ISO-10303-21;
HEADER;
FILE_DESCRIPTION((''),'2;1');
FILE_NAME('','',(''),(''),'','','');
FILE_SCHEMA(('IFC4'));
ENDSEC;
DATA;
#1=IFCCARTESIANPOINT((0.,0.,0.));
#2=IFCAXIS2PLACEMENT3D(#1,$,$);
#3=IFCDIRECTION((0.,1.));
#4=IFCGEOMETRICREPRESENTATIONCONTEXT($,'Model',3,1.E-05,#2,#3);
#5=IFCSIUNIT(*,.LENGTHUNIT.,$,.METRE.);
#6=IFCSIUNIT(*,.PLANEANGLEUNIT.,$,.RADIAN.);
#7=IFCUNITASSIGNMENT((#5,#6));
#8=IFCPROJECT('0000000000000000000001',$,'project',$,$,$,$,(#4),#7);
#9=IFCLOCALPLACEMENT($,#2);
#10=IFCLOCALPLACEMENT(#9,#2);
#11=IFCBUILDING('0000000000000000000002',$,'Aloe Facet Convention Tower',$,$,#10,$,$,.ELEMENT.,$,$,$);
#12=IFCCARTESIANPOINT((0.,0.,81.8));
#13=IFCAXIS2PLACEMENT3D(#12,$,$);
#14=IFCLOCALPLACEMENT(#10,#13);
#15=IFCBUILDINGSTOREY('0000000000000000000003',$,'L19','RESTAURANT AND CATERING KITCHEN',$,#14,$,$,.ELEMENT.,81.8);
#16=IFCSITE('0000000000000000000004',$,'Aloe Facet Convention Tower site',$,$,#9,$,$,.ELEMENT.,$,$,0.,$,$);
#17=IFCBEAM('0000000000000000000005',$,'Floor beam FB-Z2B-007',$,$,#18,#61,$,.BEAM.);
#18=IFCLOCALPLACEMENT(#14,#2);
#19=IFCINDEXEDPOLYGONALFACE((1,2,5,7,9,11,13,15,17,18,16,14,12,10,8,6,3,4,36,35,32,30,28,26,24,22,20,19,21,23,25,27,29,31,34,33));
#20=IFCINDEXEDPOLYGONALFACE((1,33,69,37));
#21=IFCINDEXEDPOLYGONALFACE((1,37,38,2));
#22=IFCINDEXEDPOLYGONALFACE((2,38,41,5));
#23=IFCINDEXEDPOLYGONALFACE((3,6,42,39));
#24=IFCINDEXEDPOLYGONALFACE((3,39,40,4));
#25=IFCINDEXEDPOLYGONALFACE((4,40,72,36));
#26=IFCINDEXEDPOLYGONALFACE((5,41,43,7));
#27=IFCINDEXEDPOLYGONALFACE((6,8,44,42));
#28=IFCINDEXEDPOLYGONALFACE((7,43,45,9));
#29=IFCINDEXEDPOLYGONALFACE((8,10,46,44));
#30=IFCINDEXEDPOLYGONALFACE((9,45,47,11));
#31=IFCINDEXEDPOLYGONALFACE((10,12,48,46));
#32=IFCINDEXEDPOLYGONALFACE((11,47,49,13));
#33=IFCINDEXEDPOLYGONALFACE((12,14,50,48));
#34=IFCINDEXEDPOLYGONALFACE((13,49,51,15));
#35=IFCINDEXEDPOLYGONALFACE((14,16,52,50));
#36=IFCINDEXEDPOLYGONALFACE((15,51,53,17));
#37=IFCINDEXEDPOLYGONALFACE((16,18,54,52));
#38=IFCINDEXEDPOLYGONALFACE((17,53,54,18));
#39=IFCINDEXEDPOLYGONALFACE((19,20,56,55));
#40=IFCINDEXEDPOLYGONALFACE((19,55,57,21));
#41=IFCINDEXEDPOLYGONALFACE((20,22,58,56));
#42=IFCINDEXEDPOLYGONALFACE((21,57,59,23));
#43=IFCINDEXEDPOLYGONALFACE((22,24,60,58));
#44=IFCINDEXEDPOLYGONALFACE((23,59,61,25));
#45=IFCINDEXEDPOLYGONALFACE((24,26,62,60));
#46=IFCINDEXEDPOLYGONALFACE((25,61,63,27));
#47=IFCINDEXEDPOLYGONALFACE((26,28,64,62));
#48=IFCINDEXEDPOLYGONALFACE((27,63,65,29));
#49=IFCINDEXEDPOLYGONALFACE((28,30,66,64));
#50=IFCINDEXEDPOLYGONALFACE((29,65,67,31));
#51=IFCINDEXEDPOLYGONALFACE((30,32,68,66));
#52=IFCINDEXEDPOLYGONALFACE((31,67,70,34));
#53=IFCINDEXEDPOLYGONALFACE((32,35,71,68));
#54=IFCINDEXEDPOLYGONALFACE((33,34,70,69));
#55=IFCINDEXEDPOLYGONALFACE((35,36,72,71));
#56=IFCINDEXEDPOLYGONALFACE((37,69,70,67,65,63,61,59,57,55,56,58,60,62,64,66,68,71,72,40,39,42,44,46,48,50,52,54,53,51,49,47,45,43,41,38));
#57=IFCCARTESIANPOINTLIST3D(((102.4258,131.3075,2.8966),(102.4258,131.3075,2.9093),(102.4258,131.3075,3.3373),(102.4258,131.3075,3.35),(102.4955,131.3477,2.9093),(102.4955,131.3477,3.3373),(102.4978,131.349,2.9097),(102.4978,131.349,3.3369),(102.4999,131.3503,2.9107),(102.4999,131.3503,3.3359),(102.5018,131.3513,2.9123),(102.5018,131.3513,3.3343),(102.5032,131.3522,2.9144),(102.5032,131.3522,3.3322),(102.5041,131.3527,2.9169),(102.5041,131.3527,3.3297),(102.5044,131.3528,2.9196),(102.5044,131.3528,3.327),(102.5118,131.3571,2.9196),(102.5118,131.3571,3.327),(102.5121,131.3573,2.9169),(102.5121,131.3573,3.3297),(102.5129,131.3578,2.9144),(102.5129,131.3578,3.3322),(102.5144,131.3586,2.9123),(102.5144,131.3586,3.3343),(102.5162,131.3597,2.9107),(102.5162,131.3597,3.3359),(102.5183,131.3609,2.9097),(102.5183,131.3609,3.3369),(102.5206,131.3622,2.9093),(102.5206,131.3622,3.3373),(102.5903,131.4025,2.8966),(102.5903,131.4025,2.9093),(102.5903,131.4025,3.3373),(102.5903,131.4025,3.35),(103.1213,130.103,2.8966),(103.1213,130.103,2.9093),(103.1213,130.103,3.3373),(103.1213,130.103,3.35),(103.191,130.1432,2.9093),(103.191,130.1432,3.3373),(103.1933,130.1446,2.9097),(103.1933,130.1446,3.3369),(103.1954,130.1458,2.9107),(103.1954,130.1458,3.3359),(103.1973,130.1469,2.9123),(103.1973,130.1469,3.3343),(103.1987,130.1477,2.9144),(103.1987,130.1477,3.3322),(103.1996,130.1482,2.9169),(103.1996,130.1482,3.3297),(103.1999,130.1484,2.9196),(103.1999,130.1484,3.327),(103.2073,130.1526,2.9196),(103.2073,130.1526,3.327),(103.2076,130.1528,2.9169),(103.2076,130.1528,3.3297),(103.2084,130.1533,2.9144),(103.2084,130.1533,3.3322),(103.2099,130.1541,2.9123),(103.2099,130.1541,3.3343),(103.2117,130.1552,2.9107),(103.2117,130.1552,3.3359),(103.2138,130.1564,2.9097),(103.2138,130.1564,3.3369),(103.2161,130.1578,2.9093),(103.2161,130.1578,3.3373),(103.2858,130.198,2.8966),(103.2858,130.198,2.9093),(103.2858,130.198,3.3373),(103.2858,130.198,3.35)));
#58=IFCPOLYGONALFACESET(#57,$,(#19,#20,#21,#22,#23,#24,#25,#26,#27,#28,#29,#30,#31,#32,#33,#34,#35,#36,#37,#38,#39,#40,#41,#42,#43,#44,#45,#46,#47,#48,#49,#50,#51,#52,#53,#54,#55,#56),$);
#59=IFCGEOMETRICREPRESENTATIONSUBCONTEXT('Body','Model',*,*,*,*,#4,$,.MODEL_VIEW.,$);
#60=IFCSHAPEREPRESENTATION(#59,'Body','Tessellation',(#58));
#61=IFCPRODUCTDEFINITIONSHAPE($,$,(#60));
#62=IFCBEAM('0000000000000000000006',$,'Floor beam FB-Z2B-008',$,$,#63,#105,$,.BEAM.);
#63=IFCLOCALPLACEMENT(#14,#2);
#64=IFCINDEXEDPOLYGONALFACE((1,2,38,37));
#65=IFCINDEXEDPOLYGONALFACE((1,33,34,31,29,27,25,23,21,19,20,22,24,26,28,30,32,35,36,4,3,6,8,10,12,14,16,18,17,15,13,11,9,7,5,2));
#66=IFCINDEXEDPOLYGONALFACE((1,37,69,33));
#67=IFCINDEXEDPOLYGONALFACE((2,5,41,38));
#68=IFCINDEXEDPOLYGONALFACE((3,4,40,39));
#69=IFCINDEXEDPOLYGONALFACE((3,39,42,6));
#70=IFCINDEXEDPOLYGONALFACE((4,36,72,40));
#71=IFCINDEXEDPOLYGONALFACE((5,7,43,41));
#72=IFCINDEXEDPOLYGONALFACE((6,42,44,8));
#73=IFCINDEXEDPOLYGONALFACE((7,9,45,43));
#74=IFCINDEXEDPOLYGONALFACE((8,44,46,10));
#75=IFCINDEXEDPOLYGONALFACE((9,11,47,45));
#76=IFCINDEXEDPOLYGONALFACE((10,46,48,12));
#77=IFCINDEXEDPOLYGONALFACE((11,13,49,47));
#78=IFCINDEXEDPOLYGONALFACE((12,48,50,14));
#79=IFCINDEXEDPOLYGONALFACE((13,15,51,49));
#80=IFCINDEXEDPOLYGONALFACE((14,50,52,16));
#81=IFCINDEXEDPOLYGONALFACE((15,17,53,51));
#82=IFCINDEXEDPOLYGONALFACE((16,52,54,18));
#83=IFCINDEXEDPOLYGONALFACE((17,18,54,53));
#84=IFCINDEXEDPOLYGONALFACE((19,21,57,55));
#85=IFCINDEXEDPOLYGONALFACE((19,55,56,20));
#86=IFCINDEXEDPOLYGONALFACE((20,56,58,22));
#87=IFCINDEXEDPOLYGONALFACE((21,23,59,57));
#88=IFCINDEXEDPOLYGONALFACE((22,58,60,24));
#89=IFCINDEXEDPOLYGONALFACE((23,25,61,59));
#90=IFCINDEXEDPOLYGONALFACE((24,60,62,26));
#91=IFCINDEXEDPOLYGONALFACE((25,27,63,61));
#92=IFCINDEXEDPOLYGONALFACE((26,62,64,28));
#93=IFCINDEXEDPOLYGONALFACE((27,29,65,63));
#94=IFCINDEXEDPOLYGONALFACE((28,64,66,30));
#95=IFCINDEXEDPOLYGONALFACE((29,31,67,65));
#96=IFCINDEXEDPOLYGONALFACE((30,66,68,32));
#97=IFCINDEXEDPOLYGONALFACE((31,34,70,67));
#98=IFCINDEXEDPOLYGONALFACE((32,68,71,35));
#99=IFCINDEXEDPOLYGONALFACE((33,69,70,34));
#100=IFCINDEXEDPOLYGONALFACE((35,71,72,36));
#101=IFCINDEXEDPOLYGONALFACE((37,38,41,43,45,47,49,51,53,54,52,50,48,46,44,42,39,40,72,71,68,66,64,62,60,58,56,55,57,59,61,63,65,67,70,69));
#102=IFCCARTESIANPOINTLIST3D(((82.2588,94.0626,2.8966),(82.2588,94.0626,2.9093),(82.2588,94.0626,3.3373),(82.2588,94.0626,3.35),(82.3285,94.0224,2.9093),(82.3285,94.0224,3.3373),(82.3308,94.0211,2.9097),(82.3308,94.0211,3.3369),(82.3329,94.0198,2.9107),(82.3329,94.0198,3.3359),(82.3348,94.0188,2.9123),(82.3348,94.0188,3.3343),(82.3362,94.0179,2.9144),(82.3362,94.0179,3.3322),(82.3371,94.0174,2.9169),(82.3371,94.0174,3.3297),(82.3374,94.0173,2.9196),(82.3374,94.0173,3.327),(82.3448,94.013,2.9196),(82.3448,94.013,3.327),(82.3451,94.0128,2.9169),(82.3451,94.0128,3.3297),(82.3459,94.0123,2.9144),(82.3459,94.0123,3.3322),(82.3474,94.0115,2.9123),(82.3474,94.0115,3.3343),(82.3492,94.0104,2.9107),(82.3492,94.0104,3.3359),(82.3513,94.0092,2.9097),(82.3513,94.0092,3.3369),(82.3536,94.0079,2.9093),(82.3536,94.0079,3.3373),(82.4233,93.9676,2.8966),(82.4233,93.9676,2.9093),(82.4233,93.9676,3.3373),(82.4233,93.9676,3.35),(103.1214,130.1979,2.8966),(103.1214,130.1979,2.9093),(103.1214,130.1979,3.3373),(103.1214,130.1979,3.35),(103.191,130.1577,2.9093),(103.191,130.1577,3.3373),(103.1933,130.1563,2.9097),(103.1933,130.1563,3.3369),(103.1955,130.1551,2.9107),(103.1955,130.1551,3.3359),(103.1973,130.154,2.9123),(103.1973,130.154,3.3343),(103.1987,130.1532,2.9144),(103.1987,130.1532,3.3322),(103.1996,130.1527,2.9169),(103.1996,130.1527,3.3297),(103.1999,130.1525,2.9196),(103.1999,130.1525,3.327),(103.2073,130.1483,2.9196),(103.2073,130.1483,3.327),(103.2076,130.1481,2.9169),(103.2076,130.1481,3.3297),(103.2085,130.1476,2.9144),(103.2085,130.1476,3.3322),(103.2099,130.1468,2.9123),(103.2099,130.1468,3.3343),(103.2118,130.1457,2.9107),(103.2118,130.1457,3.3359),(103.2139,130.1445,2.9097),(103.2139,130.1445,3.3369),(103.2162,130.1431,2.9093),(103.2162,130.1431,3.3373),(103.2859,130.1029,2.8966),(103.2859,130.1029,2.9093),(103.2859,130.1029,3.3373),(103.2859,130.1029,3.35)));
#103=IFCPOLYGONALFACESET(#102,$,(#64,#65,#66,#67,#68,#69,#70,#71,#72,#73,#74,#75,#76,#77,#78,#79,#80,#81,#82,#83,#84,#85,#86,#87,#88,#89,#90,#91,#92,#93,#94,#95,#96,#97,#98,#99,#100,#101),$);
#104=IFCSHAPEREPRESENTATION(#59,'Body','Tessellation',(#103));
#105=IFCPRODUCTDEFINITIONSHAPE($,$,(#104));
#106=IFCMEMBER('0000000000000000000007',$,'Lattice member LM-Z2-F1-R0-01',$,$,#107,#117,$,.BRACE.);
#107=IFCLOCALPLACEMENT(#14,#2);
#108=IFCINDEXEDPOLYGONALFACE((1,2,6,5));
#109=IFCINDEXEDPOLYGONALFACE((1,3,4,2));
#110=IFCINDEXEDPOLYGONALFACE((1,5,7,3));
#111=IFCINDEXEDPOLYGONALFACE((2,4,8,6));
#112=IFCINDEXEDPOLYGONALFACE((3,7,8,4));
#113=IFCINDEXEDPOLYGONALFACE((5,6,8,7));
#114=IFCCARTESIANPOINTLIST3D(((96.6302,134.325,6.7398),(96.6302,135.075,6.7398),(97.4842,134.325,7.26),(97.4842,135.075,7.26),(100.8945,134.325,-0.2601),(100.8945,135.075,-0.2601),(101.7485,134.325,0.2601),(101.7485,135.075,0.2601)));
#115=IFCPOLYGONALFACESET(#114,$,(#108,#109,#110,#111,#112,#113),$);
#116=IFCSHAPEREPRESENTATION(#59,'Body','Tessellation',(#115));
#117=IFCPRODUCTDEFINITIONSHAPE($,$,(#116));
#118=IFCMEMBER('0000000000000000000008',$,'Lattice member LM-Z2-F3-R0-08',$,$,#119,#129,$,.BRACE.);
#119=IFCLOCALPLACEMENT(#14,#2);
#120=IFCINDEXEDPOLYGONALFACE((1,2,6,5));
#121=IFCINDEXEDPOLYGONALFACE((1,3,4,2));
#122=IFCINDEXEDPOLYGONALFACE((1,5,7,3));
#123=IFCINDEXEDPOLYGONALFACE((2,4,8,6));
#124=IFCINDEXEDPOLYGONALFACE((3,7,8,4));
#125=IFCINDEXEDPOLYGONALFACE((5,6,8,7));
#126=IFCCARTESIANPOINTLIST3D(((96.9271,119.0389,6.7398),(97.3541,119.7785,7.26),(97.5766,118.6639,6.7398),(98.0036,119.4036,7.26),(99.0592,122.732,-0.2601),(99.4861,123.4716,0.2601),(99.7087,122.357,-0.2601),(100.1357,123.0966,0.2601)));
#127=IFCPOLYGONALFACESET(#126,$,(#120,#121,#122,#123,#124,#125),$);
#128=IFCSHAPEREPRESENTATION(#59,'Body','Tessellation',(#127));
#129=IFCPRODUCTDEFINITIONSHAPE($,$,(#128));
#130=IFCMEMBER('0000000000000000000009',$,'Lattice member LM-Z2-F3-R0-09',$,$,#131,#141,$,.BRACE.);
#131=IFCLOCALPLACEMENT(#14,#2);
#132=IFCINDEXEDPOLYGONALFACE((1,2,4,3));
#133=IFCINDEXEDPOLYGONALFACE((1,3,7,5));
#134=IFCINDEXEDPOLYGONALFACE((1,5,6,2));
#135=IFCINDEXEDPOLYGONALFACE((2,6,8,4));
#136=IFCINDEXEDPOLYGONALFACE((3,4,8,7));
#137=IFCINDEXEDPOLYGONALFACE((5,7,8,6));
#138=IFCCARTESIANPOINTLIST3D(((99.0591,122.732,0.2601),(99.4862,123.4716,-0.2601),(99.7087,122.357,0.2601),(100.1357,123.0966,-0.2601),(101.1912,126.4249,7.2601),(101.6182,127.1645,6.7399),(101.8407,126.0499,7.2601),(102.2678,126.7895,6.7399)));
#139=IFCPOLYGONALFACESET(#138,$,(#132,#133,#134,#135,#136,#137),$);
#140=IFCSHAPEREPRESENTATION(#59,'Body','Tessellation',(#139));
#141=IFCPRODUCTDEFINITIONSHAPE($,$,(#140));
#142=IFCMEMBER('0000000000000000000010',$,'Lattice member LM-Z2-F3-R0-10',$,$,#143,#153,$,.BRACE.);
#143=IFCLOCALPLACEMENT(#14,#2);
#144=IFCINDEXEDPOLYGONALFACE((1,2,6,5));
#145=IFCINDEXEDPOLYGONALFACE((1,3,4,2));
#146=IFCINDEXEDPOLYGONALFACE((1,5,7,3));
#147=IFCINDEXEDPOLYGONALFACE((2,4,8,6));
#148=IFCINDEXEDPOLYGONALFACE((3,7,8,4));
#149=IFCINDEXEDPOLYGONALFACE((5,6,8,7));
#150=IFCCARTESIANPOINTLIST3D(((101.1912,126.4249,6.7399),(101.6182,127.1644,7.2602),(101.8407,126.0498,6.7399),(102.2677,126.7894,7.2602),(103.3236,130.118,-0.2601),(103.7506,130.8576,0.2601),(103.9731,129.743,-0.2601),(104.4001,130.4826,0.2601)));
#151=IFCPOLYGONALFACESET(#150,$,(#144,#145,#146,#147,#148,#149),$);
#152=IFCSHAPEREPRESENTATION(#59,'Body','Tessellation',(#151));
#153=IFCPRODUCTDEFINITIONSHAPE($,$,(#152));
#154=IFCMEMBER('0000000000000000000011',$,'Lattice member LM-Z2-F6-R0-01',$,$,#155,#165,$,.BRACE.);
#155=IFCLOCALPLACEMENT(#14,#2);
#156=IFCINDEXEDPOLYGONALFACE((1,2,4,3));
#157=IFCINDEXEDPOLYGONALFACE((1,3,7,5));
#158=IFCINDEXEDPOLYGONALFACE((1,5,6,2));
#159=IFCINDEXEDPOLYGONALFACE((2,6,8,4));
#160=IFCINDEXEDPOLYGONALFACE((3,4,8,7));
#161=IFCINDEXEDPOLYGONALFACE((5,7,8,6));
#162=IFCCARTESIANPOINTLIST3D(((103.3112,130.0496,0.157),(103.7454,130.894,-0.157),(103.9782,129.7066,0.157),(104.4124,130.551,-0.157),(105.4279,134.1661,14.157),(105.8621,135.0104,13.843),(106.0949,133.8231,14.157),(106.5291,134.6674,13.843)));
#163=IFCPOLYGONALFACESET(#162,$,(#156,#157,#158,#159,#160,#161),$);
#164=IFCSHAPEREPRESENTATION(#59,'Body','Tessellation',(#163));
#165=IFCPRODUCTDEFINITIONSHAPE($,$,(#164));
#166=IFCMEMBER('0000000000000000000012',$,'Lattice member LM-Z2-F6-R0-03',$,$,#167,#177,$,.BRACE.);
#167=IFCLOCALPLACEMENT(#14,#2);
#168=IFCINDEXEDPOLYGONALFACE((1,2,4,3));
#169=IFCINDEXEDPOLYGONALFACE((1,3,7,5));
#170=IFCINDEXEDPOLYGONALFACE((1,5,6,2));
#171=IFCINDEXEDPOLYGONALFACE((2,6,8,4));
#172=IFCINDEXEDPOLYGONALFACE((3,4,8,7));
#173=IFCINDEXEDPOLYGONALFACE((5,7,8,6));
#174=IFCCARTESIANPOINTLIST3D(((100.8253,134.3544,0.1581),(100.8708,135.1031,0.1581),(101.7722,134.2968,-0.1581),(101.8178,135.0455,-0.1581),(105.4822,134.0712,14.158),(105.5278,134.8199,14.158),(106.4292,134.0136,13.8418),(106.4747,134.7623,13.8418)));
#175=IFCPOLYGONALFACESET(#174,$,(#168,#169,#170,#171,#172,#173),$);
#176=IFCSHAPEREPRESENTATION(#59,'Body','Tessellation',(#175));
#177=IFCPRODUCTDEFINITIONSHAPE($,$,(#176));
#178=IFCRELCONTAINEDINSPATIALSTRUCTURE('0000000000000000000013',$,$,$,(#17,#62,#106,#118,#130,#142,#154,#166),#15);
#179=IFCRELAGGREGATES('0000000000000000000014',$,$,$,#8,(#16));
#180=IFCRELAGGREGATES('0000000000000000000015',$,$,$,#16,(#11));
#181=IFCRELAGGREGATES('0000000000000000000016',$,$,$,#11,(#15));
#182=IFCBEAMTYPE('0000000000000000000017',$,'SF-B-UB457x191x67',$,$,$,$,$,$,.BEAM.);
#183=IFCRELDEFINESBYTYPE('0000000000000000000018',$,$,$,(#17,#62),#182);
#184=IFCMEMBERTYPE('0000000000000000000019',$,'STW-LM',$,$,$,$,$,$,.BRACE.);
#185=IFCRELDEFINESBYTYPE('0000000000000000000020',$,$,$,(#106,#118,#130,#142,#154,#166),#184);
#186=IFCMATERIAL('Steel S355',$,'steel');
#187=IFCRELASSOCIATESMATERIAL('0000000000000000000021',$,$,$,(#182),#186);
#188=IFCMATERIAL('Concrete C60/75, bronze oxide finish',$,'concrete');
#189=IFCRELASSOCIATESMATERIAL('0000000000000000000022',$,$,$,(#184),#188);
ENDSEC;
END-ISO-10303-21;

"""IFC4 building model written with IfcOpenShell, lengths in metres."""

from ifc_helpers import new_model, si_unit, direction, frame, origin, origin_2d, place, context, subcontext, project, spatial, rectangle, i_section, extrude, material, material_profile, profile_set, type_object, element, save


model = new_model("IFC4")

# Units and contexts
model_context = context("Model", 3, precision=1e-05, world=origin(), true_north=direction((0.0, 1.0)))
body_context = subcontext(model_context, "Body", "Model", "MODEL_VIEW")
ifc_project = project(units=[si_unit("LENGTHUNIT", "METRE"), si_unit("PLANEANGLEUNIT", "RADIAN")], contexts=[model_context])

# Site, building, storey
site_placement = place(None, origin())
site = spatial("IfcSite", under=ifc_project, at=site_placement, Name="Aloe Facet Convention Tower site", CompositionType="ELEMENT", RefElevation=0.0)
building_placement = place(site_placement, origin())
building = spatial("IfcBuilding", under=site, at=building_placement, Name="Aloe Facet Convention Tower", CompositionType="ELEMENT")
storey_placement = place(building_placement, frame((0.0, 0.0, 81.8)))
storey = spatial("IfcBuildingStorey", under=building, at=storey_placement, Name="L19", Description="RESTAURANT AND CATERING KITCHEN", CompositionType="ELEMENT", Elevation=81.8)

# Beams
ifc_material_1 = material(Name="Steel S355", Category="steel")
ifc_material_profile_1 = material_profile(ifc_material_1, i_section(OverallWidth=0.1899, OverallDepth=0.4534, WebThickness=0.0085, FlangeThickness=0.0127, FilletRadius=0.0103, at=origin_2d()), Name="UB 457x191x67")
ifc_profile_set_1 = profile_set([ifc_material_profile_1], Name="Steel S355")
beam_type_1 = type_object("IfcBeamType", Name="SF-B-UB457x191x67", PredefinedType="BEAM", material=ifc_profile_set_1)
beam_1_placement = place(storey_placement, frame((102.5081, 131.355, 3.1233), z_axis=(0.500047, -0.865999, 0.0), x_axis=(0.865999, 0.500047, 0.0)))
element("IfcBeam", 1, at=beam_1_placement, inside=storey, type_object=beam_type_1, Name="Floor beam FB-Z2B-007", PredefinedType="BEAM", context=body_context, shape_type="SweptSolid", body=[
    extrude(i_section(OverallWidth=0.1899, OverallDepth=0.4534, WebThickness=0.0085, FlangeThickness=0.0127, FilletRadius=0.0103, at=origin_2d()), origin(), (0.0, 0.0, 1.0), 1.3909),
])
beam_2_placement = place(storey_placement, frame((103.2036, 130.1504, 3.1233), z_axis=(-0.499997, -0.866027, 0.0), x_axis=(0.866027, -0.499997, 0.0)))
element("IfcBeam", 2, at=beam_2_placement, inside=storey, type_object=beam_type_1, Name="Floor beam FB-Z2B-008", PredefinedType="BEAM", context=body_context, shape_type="SweptSolid", body=[
    extrude(i_section(OverallWidth=0.1899, OverallDepth=0.4534, WebThickness=0.0085, FlangeThickness=0.0127, FilletRadius=0.0103, at=origin_2d()), origin(), (0.0, 0.0, 1.0), 41.7253),
])

# Members
ifc_material_2 = material(Name="Concrete C60/75, bronze oxide finish", Category="concrete")
ifc_material_profile_2 = material_profile(ifc_material_2, rectangle(XDim=0.75, YDim=1.0, at=origin_2d()), Name="STW-LM")
ifc_profile_set_2 = profile_set([ifc_material_profile_2], Name="Concrete C60/75, bronze oxide finish")
member_type = type_object("IfcMemberType", Name="STW-LM", PredefinedType="BRACE", material=ifc_profile_set_2)
for number, where, z_axis, x_axis, name in (
    (3, (101.3215, 134.7, 0.0), (-0.520262, 0.0, 0.854007), (0.0, -1.0, 0.0), "Lattice member LM-Z2-F1-R0-01"),
    (4, (99.5974, 122.9143, 0.0), (-0.260116, -0.450565, 0.854009), (0.86604, -0.499975, 0.0), "Lattice member LM-Z2-F3-R0-08"),
    (5, (99.5974, 122.9143, 0.0), (0.26012, 0.450541, 0.85402), (-0.866025, 0.5, 0.0), "Lattice member LM-Z2-F3-R0-09"),
):
    element("IfcMember", number, at=place(storey_placement, frame(where, z_axis=z_axis, x_axis=x_axis)), inside=storey, type_object=member_type, Name=name, PredefinedType="BRACE", context=body_context, shape_type="SweptSolid", body=[
        extrude(rectangle(XDim=0.75, YDim=1.0, at=origin_2d()), origin(), (0.0, 0.0, 1.0), 8.1965),
    ])
member_1_placement = place(storey_placement, frame((103.8618, 130.3003, 0.0), z_axis=(-0.260144, -0.450561, 0.854002), x_axis=(0.866015, -0.500018, 0.0)))
element("IfcMember", 6, at=member_1_placement, inside=storey, type_object=member_type, Name="Lattice member LM-Z2-F3-R0-10", PredefinedType="BRACE", context=body_context, shape_type="SweptSolid", body=[
    extrude(rectangle(XDim=0.75, YDim=1.0, at=origin_2d()), origin(), (0.0, 0.0, 1.0), 8.1968),
])
member_2_placement = place(storey_placement, frame((103.8618, 130.3003, 0.0), z_axis=(0.14355, 0.27917, 0.949451), x_axis=(-0.889317, 0.457291, 0.0)))
element("IfcMember", 7, at=member_2_placement, inside=storey, type_object=member_type, Name="Lattice member LM-Z2-F6-R0-01", PredefinedType="BRACE", context=body_context, shape_type="SweptSolid", body=[
    extrude(rectangle(XDim=0.75, YDim=1.0, at=origin_2d()), origin(), (0.0, 0.0, 1.0), 14.7454),
])
member_3_placement = place(storey_placement, frame((101.3215, 134.7, 0.0), z_axis=(0.315579, -0.019191, 0.948705), x_axis=(0.0607, 0.998156, 0.0)))
element("IfcMember", 8, at=member_3_placement, inside=storey, type_object=member_type, Name="Lattice member LM-Z2-F6-R0-03", PredefinedType="BRACE", context=body_context, shape_type="SweptSolid", body=[
    extrude(rectangle(XDim=0.75, YDim=1.0, at=origin_2d()), origin(), (0.0, 0.0, 1.0), 14.7568),
])

save(model, "model.ifc")
